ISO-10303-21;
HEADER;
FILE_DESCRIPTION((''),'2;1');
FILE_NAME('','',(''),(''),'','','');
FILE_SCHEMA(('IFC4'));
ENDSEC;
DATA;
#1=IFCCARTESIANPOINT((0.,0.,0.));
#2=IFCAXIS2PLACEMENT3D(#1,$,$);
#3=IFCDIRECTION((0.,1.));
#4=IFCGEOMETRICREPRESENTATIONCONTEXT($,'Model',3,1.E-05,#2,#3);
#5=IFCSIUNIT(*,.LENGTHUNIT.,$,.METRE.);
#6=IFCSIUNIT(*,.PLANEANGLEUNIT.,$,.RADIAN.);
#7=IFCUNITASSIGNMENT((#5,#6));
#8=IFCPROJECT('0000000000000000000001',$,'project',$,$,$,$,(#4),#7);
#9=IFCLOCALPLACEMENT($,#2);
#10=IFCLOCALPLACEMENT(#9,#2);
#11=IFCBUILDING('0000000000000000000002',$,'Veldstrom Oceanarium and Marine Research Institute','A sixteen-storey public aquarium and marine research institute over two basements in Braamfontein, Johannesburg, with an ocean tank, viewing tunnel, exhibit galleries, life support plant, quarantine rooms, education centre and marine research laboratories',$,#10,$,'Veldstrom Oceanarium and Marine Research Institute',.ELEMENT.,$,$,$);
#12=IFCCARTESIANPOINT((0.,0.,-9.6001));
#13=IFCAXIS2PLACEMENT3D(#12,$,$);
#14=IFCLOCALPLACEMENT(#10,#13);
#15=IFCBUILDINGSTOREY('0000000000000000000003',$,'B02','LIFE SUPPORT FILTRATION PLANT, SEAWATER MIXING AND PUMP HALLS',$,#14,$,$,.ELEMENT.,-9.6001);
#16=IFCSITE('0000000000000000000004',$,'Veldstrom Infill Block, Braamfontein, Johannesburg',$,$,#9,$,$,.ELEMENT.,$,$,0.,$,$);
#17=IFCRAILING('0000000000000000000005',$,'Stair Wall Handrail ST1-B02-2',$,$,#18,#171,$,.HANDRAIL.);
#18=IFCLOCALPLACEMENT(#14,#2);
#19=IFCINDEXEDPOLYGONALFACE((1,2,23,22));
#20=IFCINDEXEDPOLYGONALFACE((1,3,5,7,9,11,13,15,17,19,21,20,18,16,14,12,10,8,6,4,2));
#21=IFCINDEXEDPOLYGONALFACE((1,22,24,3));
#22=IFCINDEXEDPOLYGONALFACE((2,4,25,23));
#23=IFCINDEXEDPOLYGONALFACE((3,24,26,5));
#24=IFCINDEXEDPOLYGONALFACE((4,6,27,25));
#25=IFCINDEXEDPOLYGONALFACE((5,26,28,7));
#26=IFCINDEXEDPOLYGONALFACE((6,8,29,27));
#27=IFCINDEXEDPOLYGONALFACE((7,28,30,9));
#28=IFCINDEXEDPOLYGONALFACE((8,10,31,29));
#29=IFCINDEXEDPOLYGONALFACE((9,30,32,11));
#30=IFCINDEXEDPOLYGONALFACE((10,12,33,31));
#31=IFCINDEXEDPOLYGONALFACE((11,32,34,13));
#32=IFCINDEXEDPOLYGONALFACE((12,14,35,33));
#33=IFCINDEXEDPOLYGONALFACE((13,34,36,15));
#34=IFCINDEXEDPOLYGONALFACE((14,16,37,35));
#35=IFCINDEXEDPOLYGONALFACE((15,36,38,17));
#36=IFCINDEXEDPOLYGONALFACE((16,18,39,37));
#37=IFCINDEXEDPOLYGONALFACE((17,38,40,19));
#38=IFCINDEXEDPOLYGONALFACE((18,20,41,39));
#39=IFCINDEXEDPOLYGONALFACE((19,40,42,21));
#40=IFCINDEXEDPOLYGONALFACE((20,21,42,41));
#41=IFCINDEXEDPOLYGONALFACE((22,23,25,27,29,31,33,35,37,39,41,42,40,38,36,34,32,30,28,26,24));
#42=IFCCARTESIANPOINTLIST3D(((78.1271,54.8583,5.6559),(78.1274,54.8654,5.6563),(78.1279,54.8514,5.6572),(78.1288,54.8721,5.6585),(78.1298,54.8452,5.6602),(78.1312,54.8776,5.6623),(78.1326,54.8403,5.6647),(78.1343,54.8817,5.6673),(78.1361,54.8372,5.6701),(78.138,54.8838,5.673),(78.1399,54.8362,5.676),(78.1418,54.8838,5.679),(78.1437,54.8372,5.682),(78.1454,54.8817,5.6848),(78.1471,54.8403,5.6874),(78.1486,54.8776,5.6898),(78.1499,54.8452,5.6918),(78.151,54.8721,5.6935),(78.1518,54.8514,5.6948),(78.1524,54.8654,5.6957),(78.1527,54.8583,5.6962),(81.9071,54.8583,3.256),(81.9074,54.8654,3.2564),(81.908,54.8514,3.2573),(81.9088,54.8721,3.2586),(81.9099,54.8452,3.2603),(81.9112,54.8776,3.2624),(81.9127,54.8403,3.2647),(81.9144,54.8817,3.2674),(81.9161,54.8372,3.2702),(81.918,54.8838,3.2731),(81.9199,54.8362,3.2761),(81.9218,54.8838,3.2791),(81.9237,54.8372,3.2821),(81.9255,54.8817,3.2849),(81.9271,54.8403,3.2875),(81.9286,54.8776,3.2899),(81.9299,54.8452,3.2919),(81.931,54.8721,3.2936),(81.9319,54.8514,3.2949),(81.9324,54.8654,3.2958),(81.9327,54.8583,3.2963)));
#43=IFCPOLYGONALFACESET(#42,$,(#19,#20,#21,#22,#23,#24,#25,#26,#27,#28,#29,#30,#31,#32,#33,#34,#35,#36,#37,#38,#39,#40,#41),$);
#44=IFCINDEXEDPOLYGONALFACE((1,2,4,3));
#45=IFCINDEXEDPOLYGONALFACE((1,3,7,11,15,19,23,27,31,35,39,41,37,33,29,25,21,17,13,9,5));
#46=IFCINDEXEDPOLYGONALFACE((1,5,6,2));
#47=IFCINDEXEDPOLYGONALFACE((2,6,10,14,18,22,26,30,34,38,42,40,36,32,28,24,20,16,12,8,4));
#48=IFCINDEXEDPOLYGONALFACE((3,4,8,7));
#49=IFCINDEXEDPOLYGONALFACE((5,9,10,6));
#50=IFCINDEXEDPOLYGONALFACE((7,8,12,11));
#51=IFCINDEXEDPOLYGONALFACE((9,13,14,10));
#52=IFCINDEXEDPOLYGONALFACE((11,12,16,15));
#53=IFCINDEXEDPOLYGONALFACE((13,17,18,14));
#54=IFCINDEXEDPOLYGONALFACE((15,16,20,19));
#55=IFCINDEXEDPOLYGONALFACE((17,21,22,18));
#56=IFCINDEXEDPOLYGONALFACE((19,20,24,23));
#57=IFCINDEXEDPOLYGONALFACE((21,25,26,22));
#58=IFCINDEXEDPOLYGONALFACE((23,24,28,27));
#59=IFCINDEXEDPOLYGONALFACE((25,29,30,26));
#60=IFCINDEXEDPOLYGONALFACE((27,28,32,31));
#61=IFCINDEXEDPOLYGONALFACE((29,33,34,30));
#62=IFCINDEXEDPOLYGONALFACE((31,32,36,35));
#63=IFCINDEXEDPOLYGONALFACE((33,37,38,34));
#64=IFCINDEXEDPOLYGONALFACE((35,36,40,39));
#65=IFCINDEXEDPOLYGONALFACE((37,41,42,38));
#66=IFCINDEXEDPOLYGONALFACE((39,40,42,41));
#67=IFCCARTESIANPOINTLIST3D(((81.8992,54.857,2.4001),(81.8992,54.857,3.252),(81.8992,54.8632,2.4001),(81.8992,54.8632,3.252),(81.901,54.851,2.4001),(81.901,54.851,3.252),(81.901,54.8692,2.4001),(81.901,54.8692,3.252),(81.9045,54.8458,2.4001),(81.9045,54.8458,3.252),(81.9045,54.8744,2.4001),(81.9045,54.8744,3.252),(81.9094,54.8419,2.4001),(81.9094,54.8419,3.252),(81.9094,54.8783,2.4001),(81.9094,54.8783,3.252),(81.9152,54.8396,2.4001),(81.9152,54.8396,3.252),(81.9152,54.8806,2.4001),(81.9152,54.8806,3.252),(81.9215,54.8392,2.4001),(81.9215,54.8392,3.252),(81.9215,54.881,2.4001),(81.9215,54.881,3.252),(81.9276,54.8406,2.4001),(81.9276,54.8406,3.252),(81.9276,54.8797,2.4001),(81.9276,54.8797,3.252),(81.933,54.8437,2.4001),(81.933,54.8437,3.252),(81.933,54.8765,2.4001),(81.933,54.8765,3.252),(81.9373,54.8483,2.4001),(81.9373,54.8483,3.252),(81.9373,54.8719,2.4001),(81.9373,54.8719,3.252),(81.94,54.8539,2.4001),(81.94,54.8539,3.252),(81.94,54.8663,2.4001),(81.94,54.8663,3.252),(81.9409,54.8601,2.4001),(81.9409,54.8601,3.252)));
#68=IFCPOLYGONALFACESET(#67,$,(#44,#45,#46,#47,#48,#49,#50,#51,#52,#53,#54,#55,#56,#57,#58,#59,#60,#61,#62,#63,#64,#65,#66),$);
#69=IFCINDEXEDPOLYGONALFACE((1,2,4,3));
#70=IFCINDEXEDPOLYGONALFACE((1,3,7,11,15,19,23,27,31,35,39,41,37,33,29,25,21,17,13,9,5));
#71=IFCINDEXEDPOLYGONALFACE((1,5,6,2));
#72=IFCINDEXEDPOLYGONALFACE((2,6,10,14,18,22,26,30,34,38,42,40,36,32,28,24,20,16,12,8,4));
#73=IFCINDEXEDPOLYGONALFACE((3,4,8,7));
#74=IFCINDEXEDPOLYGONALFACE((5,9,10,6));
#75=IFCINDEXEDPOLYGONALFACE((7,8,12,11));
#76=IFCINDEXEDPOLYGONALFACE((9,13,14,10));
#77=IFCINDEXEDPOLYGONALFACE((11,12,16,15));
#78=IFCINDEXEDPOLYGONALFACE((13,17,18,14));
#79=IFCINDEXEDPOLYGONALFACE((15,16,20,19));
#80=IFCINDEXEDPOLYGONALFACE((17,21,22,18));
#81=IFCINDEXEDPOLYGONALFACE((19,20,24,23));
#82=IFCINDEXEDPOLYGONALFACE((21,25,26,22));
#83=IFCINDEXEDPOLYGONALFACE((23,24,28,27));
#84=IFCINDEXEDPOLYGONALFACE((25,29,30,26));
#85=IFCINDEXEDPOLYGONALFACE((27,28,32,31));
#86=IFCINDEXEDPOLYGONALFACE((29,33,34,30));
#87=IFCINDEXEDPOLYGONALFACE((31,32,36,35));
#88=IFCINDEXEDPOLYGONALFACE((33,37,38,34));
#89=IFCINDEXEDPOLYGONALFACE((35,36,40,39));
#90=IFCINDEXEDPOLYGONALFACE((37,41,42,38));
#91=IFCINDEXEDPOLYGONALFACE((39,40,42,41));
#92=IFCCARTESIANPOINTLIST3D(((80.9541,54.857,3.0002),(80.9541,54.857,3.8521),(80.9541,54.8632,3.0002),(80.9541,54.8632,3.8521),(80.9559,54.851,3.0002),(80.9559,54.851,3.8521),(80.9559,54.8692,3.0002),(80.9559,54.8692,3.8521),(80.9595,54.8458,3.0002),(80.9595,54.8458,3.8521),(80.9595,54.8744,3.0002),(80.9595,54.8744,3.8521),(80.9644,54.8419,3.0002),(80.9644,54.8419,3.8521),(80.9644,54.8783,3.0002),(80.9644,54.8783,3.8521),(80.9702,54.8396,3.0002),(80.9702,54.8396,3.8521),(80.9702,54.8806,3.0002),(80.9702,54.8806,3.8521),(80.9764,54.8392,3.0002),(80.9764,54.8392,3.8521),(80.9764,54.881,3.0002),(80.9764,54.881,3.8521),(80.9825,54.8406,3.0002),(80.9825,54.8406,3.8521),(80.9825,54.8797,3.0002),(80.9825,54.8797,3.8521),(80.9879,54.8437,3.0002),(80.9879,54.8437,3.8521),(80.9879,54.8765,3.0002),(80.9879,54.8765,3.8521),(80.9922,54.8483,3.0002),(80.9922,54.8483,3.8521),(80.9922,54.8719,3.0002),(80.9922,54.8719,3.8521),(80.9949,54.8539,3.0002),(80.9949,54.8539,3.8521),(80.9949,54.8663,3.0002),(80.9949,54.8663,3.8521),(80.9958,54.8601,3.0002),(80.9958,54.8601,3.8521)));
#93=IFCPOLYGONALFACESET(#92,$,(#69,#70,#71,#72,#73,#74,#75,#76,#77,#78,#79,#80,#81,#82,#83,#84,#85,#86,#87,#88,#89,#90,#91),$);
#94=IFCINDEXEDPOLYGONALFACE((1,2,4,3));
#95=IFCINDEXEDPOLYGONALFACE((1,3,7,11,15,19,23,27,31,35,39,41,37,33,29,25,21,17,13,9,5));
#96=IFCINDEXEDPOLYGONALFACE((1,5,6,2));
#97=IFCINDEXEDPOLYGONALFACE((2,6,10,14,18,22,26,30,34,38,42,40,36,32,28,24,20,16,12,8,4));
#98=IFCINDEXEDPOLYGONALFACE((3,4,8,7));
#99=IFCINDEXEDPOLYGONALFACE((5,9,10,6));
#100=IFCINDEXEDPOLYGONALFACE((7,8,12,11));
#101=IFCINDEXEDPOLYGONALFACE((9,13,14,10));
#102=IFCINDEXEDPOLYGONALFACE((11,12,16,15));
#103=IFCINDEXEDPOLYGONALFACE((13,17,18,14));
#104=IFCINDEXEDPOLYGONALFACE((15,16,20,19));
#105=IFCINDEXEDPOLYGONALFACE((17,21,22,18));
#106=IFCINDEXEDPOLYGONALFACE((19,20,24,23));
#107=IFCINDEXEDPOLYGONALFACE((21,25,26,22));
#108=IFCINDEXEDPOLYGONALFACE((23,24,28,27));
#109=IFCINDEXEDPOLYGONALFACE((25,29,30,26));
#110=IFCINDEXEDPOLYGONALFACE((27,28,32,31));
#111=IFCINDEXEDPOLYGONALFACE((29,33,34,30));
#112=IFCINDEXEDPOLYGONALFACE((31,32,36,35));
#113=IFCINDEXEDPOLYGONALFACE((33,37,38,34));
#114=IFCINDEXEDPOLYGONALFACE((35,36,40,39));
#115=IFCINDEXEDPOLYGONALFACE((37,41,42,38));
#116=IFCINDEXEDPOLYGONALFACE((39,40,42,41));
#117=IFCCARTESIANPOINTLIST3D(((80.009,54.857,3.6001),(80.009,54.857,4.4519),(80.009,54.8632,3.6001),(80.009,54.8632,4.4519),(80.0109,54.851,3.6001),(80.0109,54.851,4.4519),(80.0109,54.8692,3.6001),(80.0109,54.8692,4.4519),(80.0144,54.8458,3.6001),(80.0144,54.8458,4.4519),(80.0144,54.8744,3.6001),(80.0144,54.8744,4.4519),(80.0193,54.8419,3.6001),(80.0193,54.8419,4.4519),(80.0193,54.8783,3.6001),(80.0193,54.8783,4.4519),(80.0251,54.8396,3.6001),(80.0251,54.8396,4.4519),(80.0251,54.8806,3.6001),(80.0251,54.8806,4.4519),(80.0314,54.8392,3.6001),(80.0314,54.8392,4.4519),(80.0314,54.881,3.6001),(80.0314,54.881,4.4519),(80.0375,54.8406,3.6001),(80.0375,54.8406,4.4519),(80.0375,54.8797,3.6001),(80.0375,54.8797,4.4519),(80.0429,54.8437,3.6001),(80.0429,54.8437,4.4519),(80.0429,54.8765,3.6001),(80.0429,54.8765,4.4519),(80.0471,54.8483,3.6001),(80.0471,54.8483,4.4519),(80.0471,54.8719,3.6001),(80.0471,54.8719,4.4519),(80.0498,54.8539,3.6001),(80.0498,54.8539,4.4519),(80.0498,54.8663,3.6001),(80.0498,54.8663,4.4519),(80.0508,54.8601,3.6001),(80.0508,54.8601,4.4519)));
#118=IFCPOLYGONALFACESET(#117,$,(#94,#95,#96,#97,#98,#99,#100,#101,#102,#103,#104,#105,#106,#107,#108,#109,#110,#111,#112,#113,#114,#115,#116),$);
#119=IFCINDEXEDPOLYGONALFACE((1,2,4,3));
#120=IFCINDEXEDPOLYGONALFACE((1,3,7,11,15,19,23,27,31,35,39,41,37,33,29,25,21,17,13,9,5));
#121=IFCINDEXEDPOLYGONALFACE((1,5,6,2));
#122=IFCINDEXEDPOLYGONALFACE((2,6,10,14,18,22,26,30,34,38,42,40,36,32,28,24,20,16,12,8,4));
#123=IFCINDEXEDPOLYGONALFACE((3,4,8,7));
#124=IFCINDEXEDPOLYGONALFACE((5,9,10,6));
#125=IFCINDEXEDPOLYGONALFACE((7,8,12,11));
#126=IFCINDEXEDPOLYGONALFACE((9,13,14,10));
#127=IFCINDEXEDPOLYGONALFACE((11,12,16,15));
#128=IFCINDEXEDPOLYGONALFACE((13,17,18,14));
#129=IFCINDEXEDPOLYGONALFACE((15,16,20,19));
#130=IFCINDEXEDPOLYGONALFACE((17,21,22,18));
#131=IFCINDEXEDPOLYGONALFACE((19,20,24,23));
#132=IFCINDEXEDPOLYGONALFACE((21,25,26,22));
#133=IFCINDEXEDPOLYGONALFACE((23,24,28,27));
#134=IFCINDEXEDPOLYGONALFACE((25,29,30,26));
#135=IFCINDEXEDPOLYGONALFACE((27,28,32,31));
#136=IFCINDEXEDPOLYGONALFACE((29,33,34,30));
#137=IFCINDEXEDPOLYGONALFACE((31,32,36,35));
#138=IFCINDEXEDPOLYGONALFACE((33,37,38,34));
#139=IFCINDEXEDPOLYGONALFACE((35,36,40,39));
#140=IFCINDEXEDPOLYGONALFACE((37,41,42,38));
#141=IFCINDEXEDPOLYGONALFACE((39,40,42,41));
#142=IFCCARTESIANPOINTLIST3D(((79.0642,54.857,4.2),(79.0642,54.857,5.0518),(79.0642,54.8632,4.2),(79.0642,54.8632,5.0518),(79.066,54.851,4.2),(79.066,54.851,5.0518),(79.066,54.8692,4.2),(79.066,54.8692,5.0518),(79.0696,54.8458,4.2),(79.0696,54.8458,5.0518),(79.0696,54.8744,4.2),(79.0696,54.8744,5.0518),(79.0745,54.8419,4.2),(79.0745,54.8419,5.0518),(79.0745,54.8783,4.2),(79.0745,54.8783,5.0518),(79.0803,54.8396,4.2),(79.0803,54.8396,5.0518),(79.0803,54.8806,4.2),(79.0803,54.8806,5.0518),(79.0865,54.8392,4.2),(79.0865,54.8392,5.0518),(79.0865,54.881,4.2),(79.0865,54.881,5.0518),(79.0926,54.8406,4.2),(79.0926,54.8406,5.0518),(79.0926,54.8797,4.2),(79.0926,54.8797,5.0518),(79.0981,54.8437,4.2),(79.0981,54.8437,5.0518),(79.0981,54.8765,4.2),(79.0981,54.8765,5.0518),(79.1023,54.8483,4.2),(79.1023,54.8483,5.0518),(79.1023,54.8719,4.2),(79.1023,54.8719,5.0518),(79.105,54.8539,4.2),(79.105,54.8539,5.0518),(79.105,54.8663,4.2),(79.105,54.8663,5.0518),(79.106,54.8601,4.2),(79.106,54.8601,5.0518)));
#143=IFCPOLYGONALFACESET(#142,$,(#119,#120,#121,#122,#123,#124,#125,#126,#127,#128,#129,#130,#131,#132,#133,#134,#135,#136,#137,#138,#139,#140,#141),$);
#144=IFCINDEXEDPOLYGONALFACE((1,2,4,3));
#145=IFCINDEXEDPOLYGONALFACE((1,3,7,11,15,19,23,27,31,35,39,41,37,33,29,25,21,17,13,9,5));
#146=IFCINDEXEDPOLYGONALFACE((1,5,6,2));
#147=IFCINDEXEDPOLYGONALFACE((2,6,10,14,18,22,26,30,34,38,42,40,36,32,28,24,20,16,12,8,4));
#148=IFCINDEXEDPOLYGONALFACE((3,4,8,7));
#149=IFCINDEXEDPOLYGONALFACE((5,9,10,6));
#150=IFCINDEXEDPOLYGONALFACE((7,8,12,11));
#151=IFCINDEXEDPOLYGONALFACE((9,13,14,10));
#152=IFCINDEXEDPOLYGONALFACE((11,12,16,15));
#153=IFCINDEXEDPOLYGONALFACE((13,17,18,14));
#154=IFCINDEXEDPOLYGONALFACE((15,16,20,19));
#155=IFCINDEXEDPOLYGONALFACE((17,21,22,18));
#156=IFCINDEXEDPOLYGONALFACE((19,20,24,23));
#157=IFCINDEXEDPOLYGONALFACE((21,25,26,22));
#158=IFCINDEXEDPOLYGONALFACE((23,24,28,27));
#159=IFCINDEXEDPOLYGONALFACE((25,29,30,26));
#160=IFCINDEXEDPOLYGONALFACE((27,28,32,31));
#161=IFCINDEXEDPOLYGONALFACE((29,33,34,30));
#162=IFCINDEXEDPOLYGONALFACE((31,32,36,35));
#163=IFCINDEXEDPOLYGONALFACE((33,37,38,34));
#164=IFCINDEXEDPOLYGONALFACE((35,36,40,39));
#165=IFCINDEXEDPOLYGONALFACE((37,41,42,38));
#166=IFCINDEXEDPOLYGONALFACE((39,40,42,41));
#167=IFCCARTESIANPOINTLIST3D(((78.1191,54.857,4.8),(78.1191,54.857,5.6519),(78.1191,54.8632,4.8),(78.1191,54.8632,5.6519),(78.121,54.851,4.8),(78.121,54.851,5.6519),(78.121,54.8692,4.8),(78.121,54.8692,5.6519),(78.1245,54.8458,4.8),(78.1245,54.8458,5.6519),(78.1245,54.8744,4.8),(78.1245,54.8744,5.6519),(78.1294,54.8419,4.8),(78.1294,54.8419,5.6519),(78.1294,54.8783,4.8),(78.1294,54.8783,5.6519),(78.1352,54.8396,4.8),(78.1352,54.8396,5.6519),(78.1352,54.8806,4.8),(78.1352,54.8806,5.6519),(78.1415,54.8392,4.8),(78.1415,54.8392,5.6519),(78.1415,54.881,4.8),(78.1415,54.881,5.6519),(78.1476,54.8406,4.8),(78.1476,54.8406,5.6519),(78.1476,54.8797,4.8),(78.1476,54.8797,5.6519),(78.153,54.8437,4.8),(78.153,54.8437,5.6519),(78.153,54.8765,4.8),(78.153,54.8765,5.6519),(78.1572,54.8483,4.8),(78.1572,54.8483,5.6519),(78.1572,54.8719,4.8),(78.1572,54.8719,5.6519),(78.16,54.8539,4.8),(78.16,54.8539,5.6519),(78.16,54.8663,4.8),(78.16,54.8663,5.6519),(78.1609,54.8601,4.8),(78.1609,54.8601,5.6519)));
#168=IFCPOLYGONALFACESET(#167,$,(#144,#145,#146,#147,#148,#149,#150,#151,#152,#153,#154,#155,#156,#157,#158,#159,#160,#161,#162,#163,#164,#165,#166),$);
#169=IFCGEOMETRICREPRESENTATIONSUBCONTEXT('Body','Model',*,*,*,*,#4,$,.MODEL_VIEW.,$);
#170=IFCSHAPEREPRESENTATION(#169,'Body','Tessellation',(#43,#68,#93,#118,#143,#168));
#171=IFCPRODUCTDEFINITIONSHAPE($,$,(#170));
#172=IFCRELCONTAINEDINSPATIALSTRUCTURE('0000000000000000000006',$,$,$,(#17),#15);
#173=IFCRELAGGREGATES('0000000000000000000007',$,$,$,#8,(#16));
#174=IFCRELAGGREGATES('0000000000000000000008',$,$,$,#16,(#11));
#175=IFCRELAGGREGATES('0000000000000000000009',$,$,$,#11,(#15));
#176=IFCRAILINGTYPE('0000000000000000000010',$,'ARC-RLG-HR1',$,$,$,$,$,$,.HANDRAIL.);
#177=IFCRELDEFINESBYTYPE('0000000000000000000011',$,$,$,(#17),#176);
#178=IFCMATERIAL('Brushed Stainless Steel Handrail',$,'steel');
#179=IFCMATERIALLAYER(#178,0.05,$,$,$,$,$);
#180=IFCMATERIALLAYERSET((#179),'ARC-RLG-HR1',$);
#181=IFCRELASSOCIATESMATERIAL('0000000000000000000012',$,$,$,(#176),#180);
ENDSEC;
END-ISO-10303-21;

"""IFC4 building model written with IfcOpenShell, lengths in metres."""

from ifc_helpers import new_model, si_unit, direction, frame, origin, origin_2d, place, context, subcontext, project, spatial, circle, extrude, material, layer, layer_set, type_object, element, save


model = new_model("IFC4")

# Units and contexts
model_context = context("Model", 3, precision=1e-05, world=origin(), true_north=direction((0.0, 1.0)))
body_context = subcontext(model_context, "Body", "Model", "MODEL_VIEW")
ifc_project = project(units=[si_unit("LENGTHUNIT", "METRE"), si_unit("PLANEANGLEUNIT", "RADIAN")], contexts=[model_context])

# Site, building, storey
site_placement = place(None, origin())
site = spatial("IfcSite", under=ifc_project, at=site_placement, Name="Veldstrom Infill Block, Braamfontein, Johannesburg", CompositionType="ELEMENT", RefElevation=0.0)
building_placement = place(site_placement, origin())
building = spatial("IfcBuilding", under=site, at=building_placement, Name="Veldstrom Oceanarium and Marine Research Institute", Description="A sixteen-storey public aquarium and marine research institute over two basements in Braamfontein, Johannesburg, with an ocean tank, viewing tunnel, exhibit galleries, life support plant, quarantine rooms, education centre and marine research laboratories", LongName="Veldstrom Oceanarium and Marine Research Institute", CompositionType="ELEMENT")
storey_placement = place(building_placement, frame((0.0, 0.0, -9.6001)))
storey = spatial("IfcBuildingStorey", under=building, at=storey_placement, Name="B02", Description="LIFE SUPPORT FILTRATION PLANT, SEAWATER MIXING AND PUMP HALLS", CompositionType="ELEMENT", Elevation=-9.6001)

# Railing
ifc_material_1 = material(Name="Brushed Stainless Steel Handrail", Category="steel")
ifc_layer_1 = layer(ifc_material_1, 0.05)
ifc_layer_set_1 = layer_set([ifc_layer_1], Name="ARC-RLG-HR1")
railing_type_1 = type_object("IfcRailingType", Name="ARC-RLG-HR1", PredefinedType="HANDRAIL", material=ifc_layer_set_1)
railing_1_placement = place(storey_placement, frame((81.9199, 54.8601, 2.4001)))
element("IfcRailing", 1, at=railing_1_placement, inside=storey, type_object=railing_type_1, Name="Stair Wall Handrail ST1-B02-2", PredefinedType="HANDRAIL", context=body_context, shape_type="SweptSolid", body=[
    extrude(circle(Radius=0.0239, at=origin_2d()), frame((0.0, 0.0, 0.876), z_axis=(-0.844225, 0.0, 0.53599), x_axis=(0.0, -1.0, 0.0)), (0.0, 0.0, 1.0), 4.4775),
    extrude(circle(Radius=0.021, at=origin_2d()), origin(), (0.0, 0.0, 1.0), 0.8518),
    extrude(circle(Radius=0.021, at=origin_2d()), frame((-0.9451, 0.0, 0.6001)), (0.0, 0.0, 1.0), 0.8518),
    extrude(circle(Radius=0.021, at=origin_2d()), frame((-1.8901, 0.0, 1.2)), (0.0, 0.0, 1.0), 0.8518),
    extrude(circle(Radius=0.021, at=origin_2d()), frame((-2.835, 0.0, 1.7998)), (0.0, 0.0, 1.0), 0.8518),
    extrude(circle(Radius=0.021, at=origin_2d()), frame((-3.78, 0.0, 2.3999)), (0.0, 0.0, 1.0), 0.8518),
])

save(model, "model.ifc")
